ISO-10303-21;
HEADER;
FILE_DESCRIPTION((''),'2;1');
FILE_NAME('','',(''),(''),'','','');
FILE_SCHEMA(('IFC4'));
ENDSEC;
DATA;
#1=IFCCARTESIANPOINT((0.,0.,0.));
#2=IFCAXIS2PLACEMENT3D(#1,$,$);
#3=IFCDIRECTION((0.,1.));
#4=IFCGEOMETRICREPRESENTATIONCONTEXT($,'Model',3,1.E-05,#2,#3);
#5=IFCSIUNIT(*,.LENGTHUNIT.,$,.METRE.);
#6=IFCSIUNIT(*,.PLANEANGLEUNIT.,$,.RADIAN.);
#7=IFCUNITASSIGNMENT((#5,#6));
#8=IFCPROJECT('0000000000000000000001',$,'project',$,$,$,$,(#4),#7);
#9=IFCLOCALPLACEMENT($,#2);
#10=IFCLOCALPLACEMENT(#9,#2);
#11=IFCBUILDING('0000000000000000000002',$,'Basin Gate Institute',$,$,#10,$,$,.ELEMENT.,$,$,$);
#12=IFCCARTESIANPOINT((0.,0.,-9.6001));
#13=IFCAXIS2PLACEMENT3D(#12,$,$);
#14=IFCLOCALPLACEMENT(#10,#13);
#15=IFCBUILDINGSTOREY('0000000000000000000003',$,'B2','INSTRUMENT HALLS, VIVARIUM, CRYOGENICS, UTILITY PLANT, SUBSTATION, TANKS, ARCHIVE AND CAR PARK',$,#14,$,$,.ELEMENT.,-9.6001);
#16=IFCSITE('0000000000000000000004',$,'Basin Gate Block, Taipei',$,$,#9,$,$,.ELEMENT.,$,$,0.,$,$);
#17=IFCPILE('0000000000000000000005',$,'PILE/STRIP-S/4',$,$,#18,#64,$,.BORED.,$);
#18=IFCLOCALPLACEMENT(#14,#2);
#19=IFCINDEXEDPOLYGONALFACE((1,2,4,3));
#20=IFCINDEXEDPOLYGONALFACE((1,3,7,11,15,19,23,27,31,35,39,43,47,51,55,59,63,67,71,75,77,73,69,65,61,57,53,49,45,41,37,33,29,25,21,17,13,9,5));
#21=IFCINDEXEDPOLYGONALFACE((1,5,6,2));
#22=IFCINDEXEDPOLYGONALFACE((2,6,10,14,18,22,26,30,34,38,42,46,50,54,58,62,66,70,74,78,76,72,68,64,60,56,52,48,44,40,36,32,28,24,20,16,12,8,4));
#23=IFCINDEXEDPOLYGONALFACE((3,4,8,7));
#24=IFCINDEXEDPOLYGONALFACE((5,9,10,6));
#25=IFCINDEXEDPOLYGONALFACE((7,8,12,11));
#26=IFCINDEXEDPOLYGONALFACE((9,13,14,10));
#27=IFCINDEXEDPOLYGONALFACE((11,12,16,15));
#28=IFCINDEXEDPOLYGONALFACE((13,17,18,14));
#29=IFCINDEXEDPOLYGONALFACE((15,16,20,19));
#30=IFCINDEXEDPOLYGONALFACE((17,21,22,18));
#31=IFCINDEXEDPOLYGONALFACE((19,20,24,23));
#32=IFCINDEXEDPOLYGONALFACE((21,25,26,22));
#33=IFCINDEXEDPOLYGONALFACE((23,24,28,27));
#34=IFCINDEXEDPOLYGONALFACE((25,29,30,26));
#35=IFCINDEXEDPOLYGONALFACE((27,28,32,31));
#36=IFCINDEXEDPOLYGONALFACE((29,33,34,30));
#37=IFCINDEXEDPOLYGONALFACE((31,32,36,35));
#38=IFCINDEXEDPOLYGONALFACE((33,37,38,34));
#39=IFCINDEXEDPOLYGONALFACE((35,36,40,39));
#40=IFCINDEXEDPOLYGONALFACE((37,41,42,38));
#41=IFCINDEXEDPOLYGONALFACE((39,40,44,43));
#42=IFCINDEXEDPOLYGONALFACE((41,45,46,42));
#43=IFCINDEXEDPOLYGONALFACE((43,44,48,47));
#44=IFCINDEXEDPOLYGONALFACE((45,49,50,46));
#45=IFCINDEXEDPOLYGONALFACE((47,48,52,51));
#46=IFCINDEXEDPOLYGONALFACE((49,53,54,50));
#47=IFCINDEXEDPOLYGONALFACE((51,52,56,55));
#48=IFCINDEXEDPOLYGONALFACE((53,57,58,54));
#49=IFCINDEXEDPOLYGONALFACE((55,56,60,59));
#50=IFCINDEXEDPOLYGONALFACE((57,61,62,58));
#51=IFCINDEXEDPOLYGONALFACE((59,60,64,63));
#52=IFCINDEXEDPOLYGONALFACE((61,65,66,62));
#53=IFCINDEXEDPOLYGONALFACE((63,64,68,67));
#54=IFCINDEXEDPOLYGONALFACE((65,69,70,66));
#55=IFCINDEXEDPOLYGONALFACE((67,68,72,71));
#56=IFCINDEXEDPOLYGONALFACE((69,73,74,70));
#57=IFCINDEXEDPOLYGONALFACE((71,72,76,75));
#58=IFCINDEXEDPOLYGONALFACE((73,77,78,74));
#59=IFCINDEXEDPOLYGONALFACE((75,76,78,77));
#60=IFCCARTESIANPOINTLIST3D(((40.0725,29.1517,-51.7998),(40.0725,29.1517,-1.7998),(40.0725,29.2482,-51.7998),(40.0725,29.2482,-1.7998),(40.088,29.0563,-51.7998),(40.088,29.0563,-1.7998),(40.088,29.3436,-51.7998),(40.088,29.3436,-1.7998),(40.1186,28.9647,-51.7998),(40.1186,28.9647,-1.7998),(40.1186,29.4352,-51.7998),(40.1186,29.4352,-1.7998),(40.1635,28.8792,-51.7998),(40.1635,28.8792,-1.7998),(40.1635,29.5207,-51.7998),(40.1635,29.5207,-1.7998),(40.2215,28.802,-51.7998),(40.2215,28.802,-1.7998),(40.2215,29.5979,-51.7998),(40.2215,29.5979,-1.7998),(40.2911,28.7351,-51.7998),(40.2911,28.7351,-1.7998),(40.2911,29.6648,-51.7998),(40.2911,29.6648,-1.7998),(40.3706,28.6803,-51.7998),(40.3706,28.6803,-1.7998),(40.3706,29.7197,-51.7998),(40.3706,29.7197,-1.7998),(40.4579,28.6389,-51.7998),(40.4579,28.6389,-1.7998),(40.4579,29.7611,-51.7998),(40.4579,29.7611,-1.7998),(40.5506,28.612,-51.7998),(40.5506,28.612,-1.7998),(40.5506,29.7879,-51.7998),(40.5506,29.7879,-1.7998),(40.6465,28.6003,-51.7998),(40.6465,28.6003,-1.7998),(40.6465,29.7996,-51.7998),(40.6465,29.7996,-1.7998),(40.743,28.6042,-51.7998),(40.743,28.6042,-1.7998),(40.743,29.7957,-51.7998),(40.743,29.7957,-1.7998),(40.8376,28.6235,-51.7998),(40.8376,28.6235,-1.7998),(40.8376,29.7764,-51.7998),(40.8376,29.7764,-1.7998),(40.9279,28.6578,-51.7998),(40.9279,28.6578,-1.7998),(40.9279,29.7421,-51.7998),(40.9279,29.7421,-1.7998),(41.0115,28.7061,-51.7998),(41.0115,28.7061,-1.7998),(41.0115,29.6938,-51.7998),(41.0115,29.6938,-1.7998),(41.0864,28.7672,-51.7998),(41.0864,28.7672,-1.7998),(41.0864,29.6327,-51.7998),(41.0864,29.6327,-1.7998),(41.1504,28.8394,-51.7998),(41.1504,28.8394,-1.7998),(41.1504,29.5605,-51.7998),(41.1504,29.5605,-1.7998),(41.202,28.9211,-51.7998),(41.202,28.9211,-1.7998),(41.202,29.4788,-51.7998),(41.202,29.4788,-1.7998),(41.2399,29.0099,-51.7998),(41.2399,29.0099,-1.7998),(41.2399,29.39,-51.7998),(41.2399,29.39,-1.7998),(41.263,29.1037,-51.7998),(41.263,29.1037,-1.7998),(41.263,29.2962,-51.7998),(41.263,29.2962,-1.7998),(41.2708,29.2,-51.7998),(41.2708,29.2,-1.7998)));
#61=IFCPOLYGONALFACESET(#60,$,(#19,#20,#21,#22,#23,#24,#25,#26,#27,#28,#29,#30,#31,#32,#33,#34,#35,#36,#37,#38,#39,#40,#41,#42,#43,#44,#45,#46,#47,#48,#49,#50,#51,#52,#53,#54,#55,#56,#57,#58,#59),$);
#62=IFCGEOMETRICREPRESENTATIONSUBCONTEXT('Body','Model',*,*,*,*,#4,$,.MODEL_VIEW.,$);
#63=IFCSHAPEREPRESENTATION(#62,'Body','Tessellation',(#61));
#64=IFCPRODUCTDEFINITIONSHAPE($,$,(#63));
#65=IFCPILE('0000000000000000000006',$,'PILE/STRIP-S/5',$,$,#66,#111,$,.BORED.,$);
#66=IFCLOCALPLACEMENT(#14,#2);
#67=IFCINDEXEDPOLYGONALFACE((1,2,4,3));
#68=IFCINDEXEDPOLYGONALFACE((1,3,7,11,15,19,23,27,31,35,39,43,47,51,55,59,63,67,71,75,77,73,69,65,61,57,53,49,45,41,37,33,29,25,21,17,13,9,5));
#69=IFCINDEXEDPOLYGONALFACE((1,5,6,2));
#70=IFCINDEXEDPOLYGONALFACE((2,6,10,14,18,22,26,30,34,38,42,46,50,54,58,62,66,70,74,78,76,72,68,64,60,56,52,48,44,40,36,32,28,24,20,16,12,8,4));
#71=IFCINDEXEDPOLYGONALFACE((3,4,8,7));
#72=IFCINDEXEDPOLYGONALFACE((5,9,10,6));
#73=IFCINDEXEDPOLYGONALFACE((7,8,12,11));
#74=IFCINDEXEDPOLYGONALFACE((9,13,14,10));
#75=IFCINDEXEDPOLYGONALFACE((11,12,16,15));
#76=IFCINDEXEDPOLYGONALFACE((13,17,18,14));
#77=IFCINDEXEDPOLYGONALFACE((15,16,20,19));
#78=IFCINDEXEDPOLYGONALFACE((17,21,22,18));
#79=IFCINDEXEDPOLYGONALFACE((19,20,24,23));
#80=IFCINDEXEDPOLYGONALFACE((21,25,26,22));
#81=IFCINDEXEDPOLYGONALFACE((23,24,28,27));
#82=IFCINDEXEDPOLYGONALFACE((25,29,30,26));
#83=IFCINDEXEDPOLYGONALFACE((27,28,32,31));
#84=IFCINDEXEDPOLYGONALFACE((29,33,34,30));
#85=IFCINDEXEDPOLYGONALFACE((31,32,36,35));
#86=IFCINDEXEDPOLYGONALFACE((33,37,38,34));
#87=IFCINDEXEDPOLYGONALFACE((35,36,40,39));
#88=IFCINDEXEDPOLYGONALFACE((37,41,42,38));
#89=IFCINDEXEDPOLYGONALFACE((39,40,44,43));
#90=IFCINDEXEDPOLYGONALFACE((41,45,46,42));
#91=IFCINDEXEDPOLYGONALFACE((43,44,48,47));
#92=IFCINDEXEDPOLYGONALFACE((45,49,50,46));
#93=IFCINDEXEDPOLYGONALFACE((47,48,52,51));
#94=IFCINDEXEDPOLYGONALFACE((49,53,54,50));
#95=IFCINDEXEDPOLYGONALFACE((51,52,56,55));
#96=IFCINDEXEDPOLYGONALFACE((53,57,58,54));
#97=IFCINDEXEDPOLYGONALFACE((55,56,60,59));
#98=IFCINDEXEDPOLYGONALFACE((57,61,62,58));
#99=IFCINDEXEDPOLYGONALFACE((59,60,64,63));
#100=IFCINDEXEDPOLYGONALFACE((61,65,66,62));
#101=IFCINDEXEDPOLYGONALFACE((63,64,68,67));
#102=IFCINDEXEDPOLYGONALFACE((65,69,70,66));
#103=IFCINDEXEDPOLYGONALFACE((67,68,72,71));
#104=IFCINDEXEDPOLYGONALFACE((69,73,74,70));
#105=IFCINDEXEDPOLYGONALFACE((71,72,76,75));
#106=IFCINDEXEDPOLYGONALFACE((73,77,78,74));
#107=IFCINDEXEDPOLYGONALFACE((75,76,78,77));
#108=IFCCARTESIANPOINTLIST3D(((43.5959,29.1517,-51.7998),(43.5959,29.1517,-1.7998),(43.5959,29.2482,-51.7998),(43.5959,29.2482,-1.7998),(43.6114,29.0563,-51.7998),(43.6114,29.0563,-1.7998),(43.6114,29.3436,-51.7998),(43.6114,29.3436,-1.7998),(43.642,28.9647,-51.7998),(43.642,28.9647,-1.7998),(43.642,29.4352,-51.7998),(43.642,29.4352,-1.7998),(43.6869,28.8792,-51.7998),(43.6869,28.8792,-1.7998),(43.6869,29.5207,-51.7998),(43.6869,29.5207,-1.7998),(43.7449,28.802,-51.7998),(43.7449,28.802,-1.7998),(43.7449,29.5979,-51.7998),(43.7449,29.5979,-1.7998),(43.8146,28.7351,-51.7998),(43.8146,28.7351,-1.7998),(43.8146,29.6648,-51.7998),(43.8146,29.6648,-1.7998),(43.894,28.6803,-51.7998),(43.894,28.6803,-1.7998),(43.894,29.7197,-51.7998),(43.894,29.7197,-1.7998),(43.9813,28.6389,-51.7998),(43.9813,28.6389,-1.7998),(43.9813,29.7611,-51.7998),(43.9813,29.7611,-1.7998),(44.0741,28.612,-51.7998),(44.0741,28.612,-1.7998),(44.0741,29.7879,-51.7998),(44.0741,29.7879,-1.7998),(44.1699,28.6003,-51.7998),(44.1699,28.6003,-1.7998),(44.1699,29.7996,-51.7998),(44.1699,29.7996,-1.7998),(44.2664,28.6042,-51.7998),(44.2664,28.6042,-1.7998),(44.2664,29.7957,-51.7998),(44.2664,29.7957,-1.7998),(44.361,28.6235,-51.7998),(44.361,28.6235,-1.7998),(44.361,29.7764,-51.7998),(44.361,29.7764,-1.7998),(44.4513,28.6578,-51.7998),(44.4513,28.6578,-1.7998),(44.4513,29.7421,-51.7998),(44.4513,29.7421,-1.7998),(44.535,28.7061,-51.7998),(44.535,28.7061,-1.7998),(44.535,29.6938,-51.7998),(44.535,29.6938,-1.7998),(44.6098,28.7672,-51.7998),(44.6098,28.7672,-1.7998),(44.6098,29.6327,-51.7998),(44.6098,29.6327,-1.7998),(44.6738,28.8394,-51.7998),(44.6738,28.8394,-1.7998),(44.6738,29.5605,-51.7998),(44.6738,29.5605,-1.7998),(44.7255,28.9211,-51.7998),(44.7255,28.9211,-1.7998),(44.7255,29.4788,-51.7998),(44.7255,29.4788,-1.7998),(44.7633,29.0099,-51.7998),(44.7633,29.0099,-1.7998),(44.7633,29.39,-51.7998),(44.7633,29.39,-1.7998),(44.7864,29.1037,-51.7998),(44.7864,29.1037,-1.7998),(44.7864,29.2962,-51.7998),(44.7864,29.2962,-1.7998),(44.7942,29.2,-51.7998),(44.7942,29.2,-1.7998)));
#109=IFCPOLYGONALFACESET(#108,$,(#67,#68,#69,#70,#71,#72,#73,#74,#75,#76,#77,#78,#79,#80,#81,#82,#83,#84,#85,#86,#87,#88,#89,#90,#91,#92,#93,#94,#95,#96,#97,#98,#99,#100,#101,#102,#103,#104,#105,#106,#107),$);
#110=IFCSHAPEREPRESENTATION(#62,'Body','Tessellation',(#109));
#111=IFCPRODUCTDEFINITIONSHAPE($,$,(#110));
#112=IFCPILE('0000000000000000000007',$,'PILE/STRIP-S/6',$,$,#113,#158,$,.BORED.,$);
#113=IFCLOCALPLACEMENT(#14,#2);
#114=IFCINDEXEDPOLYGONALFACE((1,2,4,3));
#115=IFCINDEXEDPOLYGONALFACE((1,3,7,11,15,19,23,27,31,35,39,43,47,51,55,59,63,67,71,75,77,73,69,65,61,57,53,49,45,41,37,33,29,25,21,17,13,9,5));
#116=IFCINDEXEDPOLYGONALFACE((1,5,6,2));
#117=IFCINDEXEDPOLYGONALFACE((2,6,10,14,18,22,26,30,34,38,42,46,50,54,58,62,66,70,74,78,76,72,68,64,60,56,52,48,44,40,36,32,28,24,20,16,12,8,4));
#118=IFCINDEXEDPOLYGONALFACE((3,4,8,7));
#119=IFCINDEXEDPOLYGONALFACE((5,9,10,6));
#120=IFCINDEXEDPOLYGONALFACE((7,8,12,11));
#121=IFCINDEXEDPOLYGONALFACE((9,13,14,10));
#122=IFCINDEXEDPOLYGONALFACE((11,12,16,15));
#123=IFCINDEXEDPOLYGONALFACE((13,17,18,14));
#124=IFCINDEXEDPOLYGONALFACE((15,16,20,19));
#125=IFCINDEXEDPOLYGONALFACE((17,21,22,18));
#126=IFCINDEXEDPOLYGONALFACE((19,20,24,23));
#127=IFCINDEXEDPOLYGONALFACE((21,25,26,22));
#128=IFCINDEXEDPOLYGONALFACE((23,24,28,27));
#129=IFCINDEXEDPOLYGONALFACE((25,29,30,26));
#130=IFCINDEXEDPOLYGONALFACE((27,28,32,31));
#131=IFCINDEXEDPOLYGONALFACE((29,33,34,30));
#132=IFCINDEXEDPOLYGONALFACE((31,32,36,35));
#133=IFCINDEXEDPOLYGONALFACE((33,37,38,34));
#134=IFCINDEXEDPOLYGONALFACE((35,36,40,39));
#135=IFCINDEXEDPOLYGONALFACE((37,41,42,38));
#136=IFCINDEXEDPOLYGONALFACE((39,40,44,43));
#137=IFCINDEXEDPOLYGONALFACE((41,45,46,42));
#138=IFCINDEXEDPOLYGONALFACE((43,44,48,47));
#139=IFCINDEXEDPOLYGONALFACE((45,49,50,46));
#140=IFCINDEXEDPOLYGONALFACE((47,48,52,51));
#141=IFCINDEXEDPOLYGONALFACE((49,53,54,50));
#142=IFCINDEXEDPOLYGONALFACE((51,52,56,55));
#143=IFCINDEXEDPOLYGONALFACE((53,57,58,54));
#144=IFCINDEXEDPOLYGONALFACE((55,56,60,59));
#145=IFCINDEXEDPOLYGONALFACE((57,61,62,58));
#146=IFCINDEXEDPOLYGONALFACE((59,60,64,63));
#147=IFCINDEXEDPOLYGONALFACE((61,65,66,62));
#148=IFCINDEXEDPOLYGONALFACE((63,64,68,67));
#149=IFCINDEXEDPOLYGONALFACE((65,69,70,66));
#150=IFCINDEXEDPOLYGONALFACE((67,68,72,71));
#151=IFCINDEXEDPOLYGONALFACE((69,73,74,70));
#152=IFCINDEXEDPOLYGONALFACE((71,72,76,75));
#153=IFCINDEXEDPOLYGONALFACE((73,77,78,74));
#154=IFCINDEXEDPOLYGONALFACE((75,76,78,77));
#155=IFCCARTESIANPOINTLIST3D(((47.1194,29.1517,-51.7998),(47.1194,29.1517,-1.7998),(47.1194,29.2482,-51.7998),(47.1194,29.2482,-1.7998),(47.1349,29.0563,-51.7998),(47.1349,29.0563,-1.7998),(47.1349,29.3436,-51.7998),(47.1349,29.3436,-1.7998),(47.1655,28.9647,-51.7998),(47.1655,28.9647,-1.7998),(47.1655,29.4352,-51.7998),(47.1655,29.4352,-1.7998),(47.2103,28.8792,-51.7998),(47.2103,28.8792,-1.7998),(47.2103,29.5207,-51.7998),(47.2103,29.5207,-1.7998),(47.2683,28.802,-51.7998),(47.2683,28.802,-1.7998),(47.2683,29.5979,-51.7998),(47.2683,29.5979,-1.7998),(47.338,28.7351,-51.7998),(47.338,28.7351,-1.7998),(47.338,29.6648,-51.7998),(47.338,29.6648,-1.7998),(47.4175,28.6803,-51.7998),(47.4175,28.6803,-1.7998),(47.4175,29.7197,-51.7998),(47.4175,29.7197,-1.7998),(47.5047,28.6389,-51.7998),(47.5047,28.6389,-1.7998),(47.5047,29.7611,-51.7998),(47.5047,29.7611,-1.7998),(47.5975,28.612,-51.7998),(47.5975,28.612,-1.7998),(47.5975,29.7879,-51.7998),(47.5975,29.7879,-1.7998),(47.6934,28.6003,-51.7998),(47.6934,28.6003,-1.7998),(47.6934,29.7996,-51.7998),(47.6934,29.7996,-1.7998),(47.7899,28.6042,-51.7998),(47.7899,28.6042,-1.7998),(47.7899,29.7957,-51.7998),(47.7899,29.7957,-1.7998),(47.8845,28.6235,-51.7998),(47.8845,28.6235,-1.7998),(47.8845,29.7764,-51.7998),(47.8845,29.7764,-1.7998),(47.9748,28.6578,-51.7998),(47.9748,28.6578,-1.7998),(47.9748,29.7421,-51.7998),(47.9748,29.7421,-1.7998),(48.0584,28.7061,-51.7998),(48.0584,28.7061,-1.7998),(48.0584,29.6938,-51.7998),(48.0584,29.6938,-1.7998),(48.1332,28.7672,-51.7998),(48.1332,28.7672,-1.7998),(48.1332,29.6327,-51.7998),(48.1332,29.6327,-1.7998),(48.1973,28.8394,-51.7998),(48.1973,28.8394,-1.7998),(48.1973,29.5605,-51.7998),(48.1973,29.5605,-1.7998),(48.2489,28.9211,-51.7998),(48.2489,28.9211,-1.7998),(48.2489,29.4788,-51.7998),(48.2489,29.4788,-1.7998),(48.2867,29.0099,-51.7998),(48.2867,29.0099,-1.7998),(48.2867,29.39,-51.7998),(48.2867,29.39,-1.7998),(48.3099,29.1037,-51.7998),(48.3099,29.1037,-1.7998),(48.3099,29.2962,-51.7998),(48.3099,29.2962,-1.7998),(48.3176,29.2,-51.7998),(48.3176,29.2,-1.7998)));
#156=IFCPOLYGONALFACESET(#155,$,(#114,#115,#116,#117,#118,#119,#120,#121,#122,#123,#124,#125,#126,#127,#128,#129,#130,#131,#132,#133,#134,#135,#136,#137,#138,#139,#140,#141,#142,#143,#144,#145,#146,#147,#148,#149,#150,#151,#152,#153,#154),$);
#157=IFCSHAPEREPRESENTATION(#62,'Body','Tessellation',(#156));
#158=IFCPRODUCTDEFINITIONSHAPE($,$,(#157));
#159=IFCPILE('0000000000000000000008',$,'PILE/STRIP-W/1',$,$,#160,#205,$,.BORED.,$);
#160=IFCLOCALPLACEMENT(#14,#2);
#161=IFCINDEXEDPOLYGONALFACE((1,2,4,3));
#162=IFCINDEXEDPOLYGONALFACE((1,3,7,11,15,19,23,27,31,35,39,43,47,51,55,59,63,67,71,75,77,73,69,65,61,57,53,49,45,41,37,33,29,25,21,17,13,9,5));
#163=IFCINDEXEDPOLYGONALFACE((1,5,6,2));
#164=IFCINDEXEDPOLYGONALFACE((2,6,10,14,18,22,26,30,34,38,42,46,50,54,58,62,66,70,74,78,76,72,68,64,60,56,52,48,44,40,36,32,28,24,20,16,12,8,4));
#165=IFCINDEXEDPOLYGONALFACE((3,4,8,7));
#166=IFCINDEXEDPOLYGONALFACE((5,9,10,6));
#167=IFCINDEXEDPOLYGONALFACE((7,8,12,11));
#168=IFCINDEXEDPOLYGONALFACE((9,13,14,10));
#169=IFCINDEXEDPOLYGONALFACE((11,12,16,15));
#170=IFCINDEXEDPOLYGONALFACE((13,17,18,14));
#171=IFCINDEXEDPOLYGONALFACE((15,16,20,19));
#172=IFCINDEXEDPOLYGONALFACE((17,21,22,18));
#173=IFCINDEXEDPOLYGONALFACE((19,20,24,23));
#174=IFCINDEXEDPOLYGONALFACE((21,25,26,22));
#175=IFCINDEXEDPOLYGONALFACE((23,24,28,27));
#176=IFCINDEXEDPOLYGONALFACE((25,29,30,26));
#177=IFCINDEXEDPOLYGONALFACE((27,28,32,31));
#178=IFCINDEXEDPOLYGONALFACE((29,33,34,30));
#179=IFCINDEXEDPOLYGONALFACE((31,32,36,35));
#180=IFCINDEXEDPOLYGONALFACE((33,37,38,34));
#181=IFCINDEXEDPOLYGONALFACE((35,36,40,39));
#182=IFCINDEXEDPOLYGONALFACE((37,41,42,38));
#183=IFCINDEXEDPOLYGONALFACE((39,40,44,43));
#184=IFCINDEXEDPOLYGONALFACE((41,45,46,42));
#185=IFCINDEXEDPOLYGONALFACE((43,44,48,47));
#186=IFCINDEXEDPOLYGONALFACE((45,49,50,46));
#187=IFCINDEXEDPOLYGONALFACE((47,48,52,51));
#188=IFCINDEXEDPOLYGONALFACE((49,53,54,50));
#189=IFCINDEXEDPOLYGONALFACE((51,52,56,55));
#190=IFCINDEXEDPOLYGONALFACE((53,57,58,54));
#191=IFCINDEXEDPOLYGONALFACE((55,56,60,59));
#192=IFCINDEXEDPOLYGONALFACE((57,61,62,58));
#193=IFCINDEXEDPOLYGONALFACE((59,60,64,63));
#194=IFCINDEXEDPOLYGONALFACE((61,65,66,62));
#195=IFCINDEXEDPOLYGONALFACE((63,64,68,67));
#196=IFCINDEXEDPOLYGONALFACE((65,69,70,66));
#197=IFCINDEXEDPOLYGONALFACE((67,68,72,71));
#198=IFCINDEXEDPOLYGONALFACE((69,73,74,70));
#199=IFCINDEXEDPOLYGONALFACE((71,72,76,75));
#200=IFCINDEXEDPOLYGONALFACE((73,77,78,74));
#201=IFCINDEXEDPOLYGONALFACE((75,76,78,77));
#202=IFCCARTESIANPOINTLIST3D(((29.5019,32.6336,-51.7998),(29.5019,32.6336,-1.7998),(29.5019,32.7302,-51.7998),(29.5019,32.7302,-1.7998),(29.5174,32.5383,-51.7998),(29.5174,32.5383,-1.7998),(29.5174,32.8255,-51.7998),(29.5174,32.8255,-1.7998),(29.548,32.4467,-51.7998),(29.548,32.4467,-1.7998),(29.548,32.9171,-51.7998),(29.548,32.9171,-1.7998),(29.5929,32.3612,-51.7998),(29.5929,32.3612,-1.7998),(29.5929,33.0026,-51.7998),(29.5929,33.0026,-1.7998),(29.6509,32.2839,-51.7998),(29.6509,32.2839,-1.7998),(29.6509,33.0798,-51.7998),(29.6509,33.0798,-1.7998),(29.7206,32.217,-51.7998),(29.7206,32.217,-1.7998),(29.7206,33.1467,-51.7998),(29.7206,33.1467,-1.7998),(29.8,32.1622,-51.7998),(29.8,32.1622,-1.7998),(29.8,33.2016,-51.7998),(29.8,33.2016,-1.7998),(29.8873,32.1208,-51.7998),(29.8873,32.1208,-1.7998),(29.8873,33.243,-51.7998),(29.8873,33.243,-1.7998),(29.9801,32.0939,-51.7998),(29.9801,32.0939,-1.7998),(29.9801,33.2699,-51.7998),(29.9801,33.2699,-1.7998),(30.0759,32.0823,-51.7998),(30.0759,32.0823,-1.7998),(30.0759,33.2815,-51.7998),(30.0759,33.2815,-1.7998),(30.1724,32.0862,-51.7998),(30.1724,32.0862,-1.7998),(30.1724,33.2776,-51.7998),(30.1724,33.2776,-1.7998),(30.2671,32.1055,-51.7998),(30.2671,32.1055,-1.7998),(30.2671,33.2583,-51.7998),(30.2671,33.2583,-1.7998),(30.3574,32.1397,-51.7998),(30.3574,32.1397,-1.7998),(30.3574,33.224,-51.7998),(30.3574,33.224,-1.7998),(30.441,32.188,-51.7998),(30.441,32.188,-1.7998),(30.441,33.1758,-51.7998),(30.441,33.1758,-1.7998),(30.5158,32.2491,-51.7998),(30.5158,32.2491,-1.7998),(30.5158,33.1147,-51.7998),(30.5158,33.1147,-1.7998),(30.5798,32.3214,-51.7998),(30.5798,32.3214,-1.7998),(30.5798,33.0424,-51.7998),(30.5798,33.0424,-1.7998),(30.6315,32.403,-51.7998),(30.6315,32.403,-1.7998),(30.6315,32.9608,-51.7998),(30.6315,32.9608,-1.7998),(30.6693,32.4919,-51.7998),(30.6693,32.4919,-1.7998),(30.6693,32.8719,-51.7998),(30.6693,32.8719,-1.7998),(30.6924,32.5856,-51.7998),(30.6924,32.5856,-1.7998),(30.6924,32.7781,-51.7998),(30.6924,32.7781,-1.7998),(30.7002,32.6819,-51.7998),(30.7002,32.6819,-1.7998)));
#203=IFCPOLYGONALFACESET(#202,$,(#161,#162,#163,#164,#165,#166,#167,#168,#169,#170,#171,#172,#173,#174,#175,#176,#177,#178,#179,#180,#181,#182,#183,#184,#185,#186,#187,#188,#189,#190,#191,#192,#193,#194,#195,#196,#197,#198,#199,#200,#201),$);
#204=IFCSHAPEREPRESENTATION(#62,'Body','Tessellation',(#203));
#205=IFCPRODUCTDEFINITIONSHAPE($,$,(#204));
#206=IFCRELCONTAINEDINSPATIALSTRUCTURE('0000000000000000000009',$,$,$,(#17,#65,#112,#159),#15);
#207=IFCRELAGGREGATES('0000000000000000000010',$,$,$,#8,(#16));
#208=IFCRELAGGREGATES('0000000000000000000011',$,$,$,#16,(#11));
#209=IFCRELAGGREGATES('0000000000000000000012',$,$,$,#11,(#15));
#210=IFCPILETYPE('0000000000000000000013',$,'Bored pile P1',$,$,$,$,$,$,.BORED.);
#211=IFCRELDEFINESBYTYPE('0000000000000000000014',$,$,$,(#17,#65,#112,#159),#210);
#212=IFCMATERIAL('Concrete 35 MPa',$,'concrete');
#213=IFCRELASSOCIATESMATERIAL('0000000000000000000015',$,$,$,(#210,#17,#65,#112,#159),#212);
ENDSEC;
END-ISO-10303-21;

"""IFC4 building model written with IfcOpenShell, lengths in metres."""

from ifc_helpers import new_model, si_unit, direction, frame, origin, origin_2d, place, context, subcontext, project, spatial, circle, extrude, material, material_profile, profile_set, type_object, element, save


model = new_model("IFC4")

# Units and contexts
model_context = context("Model", 3, precision=1e-05, world=origin(), true_north=direction((0.0, 1.0)))
body_context = subcontext(model_context, "Body", "Model", "MODEL_VIEW")
ifc_project = project(units=[si_unit("LENGTHUNIT", "METRE"), si_unit("PLANEANGLEUNIT", "RADIAN")], contexts=[model_context])

# Site, building, storey
site_placement = place(None, origin())
site = spatial("IfcSite", under=ifc_project, at=site_placement, Name="Basin Gate Block, Taipei", CompositionType="ELEMENT", RefElevation=0.0)
building_placement = place(site_placement, origin())
building = spatial("IfcBuilding", under=site, at=building_placement, Name="Basin Gate Institute", CompositionType="ELEMENT")
storey_placement = place(building_placement, frame((0.0, 0.0, -9.6001)))
storey = spatial("IfcBuildingStorey", under=building, at=storey_placement, Name="B2", Description="INSTRUMENT HALLS, VIVARIUM, CRYOGENICS, UTILITY PLANT, SUBSTATION, TANKS, ARCHIVE AND CAR PARK", CompositionType="ELEMENT", Elevation=-9.6001)

# Piles
ifc_material_1 = material(Name="Concrete 35 MPa", Category="concrete")
ifc_material_profile = material_profile(ifc_material_1, circle(Radius=0.6001, at=origin_2d()), Name="Bored pile P1 1200 dia")
ifc_profile_set = profile_set([ifc_material_profile], Name="Concrete 35 MPa")
pile_type = type_object("IfcPileType", Name="Bored pile P1", PredefinedType="BORED", material=ifc_profile_set)
for number, where, z_axis, x_axis, name in (
    (1, (40.6707, 29.2, -1.7998), (0.0, 0.0, -1.0), (1.0, 0.0, 0.0), "PILE/STRIP-S/4"),
    (2, (44.1941, 29.2, -1.7998), (0.0, 0.0, -1.0), (1.0, 0.0, 0.0), "PILE/STRIP-S/5"),
    (3, (47.7175, 29.2, -1.7998), (0.0, 0.0, -1.0), (1.0, 0.0, 0.0), "PILE/STRIP-S/6"),
    (4, (30.1001, 32.6819, -1.7998), (0.0, 0.0, -1.0), (1.0, 0.0, 0.0), "PILE/STRIP-W/1"),
):
    element("IfcPile", number, at=place(storey_placement, frame(where, z_axis=z_axis, x_axis=x_axis)), inside=storey, type_object=pile_type, material=ifc_profile_set, Name=name, PredefinedType="BORED", context=body_context, shape_type="SweptSolid", body=[
        extrude(circle(Radius=0.6001, at=origin_2d()), origin(), (0.0, 0.0, 1.0), 50.0),
    ])

save(model, "model.ifc")
